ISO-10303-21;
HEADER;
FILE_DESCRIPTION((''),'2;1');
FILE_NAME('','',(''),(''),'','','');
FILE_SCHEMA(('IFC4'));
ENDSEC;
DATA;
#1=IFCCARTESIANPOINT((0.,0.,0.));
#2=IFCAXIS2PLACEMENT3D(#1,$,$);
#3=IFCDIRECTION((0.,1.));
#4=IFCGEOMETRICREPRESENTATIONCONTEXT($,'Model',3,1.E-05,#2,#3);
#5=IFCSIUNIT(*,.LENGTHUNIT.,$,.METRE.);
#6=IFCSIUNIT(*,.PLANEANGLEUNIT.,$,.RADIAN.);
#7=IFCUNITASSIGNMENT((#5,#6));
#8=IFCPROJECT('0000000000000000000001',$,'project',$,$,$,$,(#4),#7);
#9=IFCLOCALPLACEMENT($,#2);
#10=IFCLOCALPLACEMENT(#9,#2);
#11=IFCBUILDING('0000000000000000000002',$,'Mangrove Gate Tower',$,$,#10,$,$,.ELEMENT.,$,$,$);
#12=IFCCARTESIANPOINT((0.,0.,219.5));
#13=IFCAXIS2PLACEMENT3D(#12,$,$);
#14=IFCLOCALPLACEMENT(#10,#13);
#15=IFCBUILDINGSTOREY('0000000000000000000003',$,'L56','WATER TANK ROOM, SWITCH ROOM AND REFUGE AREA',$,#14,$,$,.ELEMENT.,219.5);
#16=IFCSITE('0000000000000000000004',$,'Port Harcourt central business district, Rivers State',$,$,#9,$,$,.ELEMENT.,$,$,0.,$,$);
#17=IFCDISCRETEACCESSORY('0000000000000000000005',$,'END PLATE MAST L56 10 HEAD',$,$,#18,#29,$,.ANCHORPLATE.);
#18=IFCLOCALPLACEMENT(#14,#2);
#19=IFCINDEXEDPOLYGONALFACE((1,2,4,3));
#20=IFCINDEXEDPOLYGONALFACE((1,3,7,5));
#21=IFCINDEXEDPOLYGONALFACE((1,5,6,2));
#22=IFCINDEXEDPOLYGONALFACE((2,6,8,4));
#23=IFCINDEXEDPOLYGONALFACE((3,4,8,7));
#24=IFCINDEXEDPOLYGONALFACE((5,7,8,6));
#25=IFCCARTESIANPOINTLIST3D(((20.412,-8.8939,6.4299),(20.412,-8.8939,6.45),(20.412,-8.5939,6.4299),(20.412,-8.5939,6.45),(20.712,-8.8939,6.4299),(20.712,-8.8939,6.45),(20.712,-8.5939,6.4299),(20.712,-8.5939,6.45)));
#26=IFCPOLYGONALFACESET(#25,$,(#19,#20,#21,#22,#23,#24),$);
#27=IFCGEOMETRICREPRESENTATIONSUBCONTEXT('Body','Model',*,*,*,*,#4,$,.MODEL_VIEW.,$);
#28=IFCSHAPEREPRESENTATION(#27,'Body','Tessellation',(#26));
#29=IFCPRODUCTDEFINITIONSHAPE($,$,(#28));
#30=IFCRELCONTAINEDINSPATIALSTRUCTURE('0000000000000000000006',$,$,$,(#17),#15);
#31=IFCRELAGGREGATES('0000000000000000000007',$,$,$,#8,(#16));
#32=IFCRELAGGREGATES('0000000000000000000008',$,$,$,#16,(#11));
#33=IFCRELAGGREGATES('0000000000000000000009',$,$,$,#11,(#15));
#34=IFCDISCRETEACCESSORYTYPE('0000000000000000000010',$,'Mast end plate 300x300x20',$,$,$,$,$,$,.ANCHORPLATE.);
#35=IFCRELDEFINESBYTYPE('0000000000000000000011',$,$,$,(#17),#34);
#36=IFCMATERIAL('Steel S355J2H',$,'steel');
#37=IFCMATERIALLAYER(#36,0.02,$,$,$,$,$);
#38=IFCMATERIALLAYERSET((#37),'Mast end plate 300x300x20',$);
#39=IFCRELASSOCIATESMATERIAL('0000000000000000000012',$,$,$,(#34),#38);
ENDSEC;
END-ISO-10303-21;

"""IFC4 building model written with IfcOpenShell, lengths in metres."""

from ifc_helpers import new_model, si_unit, direction, frame, origin, origin_2d, place, context, subcontext, project, spatial, rectangle, extrude, material, layer, layer_set, type_object, element, save


model = new_model("IFC4")

# Units and contexts
model_context = context("Model", 3, precision=1e-05, world=origin(), true_north=direction((0.0, 1.0)))
body_context = subcontext(model_context, "Body", "Model", "MODEL_VIEW")
ifc_project = project(units=[si_unit("LENGTHUNIT", "METRE"), si_unit("PLANEANGLEUNIT", "RADIAN")], contexts=[model_context])

# Site, building, storey
site_placement = place(None, origin())
site = spatial("IfcSite", under=ifc_project, at=site_placement, Name="Port Harcourt central business district, Rivers State", CompositionType="ELEMENT", RefElevation=0.0)
building_placement = place(site_placement, origin())
building = spatial("IfcBuilding", under=site, at=building_placement, Name="Mangrove Gate Tower", CompositionType="ELEMENT")
storey_placement = place(building_placement, frame((0.0, 0.0, 219.5)))
storey = spatial("IfcBuildingStorey", under=building, at=storey_placement, Name="L56", Description="WATER TANK ROOM, SWITCH ROOM AND REFUGE AREA", CompositionType="ELEMENT", Elevation=219.5)

# Discrete accessory
ifc_material_1 = material(Name="Steel S355J2H", Category="steel")
ifc_layer_1 = layer(ifc_material_1, 0.02)
ifc_layer_set_1 = layer_set([ifc_layer_1], Name="Mast end plate 300x300x20")
discrete_accessory_type_1 = type_object("IfcDiscreteAccessoryType", Name="Mast end plate 300x300x20", PredefinedType="ANCHORPLATE", material=ifc_layer_set_1)
for number, where, z_axis, x_axis, name in (
    (1, (20.562, -8.7439, 6.4299), (0.0, 0.0, 1.0), (1.0, 0.0, 0.0), "END PLATE MAST L56 10 HEAD"),
):
    element("IfcDiscreteAccessory", number, at=place(storey_placement, frame(where, z_axis=z_axis, x_axis=x_axis)), inside=storey, type_object=discrete_accessory_type_1, Name=name, PredefinedType="ANCHORPLATE", context=body_context, shape_type="SweptSolid", body=[
        extrude(rectangle(XDim=0.3, YDim=0.3, at=origin_2d()), origin(), (0.0, 0.0, 1.0), 0.02),
    ])

save(model, "model.ifc")
